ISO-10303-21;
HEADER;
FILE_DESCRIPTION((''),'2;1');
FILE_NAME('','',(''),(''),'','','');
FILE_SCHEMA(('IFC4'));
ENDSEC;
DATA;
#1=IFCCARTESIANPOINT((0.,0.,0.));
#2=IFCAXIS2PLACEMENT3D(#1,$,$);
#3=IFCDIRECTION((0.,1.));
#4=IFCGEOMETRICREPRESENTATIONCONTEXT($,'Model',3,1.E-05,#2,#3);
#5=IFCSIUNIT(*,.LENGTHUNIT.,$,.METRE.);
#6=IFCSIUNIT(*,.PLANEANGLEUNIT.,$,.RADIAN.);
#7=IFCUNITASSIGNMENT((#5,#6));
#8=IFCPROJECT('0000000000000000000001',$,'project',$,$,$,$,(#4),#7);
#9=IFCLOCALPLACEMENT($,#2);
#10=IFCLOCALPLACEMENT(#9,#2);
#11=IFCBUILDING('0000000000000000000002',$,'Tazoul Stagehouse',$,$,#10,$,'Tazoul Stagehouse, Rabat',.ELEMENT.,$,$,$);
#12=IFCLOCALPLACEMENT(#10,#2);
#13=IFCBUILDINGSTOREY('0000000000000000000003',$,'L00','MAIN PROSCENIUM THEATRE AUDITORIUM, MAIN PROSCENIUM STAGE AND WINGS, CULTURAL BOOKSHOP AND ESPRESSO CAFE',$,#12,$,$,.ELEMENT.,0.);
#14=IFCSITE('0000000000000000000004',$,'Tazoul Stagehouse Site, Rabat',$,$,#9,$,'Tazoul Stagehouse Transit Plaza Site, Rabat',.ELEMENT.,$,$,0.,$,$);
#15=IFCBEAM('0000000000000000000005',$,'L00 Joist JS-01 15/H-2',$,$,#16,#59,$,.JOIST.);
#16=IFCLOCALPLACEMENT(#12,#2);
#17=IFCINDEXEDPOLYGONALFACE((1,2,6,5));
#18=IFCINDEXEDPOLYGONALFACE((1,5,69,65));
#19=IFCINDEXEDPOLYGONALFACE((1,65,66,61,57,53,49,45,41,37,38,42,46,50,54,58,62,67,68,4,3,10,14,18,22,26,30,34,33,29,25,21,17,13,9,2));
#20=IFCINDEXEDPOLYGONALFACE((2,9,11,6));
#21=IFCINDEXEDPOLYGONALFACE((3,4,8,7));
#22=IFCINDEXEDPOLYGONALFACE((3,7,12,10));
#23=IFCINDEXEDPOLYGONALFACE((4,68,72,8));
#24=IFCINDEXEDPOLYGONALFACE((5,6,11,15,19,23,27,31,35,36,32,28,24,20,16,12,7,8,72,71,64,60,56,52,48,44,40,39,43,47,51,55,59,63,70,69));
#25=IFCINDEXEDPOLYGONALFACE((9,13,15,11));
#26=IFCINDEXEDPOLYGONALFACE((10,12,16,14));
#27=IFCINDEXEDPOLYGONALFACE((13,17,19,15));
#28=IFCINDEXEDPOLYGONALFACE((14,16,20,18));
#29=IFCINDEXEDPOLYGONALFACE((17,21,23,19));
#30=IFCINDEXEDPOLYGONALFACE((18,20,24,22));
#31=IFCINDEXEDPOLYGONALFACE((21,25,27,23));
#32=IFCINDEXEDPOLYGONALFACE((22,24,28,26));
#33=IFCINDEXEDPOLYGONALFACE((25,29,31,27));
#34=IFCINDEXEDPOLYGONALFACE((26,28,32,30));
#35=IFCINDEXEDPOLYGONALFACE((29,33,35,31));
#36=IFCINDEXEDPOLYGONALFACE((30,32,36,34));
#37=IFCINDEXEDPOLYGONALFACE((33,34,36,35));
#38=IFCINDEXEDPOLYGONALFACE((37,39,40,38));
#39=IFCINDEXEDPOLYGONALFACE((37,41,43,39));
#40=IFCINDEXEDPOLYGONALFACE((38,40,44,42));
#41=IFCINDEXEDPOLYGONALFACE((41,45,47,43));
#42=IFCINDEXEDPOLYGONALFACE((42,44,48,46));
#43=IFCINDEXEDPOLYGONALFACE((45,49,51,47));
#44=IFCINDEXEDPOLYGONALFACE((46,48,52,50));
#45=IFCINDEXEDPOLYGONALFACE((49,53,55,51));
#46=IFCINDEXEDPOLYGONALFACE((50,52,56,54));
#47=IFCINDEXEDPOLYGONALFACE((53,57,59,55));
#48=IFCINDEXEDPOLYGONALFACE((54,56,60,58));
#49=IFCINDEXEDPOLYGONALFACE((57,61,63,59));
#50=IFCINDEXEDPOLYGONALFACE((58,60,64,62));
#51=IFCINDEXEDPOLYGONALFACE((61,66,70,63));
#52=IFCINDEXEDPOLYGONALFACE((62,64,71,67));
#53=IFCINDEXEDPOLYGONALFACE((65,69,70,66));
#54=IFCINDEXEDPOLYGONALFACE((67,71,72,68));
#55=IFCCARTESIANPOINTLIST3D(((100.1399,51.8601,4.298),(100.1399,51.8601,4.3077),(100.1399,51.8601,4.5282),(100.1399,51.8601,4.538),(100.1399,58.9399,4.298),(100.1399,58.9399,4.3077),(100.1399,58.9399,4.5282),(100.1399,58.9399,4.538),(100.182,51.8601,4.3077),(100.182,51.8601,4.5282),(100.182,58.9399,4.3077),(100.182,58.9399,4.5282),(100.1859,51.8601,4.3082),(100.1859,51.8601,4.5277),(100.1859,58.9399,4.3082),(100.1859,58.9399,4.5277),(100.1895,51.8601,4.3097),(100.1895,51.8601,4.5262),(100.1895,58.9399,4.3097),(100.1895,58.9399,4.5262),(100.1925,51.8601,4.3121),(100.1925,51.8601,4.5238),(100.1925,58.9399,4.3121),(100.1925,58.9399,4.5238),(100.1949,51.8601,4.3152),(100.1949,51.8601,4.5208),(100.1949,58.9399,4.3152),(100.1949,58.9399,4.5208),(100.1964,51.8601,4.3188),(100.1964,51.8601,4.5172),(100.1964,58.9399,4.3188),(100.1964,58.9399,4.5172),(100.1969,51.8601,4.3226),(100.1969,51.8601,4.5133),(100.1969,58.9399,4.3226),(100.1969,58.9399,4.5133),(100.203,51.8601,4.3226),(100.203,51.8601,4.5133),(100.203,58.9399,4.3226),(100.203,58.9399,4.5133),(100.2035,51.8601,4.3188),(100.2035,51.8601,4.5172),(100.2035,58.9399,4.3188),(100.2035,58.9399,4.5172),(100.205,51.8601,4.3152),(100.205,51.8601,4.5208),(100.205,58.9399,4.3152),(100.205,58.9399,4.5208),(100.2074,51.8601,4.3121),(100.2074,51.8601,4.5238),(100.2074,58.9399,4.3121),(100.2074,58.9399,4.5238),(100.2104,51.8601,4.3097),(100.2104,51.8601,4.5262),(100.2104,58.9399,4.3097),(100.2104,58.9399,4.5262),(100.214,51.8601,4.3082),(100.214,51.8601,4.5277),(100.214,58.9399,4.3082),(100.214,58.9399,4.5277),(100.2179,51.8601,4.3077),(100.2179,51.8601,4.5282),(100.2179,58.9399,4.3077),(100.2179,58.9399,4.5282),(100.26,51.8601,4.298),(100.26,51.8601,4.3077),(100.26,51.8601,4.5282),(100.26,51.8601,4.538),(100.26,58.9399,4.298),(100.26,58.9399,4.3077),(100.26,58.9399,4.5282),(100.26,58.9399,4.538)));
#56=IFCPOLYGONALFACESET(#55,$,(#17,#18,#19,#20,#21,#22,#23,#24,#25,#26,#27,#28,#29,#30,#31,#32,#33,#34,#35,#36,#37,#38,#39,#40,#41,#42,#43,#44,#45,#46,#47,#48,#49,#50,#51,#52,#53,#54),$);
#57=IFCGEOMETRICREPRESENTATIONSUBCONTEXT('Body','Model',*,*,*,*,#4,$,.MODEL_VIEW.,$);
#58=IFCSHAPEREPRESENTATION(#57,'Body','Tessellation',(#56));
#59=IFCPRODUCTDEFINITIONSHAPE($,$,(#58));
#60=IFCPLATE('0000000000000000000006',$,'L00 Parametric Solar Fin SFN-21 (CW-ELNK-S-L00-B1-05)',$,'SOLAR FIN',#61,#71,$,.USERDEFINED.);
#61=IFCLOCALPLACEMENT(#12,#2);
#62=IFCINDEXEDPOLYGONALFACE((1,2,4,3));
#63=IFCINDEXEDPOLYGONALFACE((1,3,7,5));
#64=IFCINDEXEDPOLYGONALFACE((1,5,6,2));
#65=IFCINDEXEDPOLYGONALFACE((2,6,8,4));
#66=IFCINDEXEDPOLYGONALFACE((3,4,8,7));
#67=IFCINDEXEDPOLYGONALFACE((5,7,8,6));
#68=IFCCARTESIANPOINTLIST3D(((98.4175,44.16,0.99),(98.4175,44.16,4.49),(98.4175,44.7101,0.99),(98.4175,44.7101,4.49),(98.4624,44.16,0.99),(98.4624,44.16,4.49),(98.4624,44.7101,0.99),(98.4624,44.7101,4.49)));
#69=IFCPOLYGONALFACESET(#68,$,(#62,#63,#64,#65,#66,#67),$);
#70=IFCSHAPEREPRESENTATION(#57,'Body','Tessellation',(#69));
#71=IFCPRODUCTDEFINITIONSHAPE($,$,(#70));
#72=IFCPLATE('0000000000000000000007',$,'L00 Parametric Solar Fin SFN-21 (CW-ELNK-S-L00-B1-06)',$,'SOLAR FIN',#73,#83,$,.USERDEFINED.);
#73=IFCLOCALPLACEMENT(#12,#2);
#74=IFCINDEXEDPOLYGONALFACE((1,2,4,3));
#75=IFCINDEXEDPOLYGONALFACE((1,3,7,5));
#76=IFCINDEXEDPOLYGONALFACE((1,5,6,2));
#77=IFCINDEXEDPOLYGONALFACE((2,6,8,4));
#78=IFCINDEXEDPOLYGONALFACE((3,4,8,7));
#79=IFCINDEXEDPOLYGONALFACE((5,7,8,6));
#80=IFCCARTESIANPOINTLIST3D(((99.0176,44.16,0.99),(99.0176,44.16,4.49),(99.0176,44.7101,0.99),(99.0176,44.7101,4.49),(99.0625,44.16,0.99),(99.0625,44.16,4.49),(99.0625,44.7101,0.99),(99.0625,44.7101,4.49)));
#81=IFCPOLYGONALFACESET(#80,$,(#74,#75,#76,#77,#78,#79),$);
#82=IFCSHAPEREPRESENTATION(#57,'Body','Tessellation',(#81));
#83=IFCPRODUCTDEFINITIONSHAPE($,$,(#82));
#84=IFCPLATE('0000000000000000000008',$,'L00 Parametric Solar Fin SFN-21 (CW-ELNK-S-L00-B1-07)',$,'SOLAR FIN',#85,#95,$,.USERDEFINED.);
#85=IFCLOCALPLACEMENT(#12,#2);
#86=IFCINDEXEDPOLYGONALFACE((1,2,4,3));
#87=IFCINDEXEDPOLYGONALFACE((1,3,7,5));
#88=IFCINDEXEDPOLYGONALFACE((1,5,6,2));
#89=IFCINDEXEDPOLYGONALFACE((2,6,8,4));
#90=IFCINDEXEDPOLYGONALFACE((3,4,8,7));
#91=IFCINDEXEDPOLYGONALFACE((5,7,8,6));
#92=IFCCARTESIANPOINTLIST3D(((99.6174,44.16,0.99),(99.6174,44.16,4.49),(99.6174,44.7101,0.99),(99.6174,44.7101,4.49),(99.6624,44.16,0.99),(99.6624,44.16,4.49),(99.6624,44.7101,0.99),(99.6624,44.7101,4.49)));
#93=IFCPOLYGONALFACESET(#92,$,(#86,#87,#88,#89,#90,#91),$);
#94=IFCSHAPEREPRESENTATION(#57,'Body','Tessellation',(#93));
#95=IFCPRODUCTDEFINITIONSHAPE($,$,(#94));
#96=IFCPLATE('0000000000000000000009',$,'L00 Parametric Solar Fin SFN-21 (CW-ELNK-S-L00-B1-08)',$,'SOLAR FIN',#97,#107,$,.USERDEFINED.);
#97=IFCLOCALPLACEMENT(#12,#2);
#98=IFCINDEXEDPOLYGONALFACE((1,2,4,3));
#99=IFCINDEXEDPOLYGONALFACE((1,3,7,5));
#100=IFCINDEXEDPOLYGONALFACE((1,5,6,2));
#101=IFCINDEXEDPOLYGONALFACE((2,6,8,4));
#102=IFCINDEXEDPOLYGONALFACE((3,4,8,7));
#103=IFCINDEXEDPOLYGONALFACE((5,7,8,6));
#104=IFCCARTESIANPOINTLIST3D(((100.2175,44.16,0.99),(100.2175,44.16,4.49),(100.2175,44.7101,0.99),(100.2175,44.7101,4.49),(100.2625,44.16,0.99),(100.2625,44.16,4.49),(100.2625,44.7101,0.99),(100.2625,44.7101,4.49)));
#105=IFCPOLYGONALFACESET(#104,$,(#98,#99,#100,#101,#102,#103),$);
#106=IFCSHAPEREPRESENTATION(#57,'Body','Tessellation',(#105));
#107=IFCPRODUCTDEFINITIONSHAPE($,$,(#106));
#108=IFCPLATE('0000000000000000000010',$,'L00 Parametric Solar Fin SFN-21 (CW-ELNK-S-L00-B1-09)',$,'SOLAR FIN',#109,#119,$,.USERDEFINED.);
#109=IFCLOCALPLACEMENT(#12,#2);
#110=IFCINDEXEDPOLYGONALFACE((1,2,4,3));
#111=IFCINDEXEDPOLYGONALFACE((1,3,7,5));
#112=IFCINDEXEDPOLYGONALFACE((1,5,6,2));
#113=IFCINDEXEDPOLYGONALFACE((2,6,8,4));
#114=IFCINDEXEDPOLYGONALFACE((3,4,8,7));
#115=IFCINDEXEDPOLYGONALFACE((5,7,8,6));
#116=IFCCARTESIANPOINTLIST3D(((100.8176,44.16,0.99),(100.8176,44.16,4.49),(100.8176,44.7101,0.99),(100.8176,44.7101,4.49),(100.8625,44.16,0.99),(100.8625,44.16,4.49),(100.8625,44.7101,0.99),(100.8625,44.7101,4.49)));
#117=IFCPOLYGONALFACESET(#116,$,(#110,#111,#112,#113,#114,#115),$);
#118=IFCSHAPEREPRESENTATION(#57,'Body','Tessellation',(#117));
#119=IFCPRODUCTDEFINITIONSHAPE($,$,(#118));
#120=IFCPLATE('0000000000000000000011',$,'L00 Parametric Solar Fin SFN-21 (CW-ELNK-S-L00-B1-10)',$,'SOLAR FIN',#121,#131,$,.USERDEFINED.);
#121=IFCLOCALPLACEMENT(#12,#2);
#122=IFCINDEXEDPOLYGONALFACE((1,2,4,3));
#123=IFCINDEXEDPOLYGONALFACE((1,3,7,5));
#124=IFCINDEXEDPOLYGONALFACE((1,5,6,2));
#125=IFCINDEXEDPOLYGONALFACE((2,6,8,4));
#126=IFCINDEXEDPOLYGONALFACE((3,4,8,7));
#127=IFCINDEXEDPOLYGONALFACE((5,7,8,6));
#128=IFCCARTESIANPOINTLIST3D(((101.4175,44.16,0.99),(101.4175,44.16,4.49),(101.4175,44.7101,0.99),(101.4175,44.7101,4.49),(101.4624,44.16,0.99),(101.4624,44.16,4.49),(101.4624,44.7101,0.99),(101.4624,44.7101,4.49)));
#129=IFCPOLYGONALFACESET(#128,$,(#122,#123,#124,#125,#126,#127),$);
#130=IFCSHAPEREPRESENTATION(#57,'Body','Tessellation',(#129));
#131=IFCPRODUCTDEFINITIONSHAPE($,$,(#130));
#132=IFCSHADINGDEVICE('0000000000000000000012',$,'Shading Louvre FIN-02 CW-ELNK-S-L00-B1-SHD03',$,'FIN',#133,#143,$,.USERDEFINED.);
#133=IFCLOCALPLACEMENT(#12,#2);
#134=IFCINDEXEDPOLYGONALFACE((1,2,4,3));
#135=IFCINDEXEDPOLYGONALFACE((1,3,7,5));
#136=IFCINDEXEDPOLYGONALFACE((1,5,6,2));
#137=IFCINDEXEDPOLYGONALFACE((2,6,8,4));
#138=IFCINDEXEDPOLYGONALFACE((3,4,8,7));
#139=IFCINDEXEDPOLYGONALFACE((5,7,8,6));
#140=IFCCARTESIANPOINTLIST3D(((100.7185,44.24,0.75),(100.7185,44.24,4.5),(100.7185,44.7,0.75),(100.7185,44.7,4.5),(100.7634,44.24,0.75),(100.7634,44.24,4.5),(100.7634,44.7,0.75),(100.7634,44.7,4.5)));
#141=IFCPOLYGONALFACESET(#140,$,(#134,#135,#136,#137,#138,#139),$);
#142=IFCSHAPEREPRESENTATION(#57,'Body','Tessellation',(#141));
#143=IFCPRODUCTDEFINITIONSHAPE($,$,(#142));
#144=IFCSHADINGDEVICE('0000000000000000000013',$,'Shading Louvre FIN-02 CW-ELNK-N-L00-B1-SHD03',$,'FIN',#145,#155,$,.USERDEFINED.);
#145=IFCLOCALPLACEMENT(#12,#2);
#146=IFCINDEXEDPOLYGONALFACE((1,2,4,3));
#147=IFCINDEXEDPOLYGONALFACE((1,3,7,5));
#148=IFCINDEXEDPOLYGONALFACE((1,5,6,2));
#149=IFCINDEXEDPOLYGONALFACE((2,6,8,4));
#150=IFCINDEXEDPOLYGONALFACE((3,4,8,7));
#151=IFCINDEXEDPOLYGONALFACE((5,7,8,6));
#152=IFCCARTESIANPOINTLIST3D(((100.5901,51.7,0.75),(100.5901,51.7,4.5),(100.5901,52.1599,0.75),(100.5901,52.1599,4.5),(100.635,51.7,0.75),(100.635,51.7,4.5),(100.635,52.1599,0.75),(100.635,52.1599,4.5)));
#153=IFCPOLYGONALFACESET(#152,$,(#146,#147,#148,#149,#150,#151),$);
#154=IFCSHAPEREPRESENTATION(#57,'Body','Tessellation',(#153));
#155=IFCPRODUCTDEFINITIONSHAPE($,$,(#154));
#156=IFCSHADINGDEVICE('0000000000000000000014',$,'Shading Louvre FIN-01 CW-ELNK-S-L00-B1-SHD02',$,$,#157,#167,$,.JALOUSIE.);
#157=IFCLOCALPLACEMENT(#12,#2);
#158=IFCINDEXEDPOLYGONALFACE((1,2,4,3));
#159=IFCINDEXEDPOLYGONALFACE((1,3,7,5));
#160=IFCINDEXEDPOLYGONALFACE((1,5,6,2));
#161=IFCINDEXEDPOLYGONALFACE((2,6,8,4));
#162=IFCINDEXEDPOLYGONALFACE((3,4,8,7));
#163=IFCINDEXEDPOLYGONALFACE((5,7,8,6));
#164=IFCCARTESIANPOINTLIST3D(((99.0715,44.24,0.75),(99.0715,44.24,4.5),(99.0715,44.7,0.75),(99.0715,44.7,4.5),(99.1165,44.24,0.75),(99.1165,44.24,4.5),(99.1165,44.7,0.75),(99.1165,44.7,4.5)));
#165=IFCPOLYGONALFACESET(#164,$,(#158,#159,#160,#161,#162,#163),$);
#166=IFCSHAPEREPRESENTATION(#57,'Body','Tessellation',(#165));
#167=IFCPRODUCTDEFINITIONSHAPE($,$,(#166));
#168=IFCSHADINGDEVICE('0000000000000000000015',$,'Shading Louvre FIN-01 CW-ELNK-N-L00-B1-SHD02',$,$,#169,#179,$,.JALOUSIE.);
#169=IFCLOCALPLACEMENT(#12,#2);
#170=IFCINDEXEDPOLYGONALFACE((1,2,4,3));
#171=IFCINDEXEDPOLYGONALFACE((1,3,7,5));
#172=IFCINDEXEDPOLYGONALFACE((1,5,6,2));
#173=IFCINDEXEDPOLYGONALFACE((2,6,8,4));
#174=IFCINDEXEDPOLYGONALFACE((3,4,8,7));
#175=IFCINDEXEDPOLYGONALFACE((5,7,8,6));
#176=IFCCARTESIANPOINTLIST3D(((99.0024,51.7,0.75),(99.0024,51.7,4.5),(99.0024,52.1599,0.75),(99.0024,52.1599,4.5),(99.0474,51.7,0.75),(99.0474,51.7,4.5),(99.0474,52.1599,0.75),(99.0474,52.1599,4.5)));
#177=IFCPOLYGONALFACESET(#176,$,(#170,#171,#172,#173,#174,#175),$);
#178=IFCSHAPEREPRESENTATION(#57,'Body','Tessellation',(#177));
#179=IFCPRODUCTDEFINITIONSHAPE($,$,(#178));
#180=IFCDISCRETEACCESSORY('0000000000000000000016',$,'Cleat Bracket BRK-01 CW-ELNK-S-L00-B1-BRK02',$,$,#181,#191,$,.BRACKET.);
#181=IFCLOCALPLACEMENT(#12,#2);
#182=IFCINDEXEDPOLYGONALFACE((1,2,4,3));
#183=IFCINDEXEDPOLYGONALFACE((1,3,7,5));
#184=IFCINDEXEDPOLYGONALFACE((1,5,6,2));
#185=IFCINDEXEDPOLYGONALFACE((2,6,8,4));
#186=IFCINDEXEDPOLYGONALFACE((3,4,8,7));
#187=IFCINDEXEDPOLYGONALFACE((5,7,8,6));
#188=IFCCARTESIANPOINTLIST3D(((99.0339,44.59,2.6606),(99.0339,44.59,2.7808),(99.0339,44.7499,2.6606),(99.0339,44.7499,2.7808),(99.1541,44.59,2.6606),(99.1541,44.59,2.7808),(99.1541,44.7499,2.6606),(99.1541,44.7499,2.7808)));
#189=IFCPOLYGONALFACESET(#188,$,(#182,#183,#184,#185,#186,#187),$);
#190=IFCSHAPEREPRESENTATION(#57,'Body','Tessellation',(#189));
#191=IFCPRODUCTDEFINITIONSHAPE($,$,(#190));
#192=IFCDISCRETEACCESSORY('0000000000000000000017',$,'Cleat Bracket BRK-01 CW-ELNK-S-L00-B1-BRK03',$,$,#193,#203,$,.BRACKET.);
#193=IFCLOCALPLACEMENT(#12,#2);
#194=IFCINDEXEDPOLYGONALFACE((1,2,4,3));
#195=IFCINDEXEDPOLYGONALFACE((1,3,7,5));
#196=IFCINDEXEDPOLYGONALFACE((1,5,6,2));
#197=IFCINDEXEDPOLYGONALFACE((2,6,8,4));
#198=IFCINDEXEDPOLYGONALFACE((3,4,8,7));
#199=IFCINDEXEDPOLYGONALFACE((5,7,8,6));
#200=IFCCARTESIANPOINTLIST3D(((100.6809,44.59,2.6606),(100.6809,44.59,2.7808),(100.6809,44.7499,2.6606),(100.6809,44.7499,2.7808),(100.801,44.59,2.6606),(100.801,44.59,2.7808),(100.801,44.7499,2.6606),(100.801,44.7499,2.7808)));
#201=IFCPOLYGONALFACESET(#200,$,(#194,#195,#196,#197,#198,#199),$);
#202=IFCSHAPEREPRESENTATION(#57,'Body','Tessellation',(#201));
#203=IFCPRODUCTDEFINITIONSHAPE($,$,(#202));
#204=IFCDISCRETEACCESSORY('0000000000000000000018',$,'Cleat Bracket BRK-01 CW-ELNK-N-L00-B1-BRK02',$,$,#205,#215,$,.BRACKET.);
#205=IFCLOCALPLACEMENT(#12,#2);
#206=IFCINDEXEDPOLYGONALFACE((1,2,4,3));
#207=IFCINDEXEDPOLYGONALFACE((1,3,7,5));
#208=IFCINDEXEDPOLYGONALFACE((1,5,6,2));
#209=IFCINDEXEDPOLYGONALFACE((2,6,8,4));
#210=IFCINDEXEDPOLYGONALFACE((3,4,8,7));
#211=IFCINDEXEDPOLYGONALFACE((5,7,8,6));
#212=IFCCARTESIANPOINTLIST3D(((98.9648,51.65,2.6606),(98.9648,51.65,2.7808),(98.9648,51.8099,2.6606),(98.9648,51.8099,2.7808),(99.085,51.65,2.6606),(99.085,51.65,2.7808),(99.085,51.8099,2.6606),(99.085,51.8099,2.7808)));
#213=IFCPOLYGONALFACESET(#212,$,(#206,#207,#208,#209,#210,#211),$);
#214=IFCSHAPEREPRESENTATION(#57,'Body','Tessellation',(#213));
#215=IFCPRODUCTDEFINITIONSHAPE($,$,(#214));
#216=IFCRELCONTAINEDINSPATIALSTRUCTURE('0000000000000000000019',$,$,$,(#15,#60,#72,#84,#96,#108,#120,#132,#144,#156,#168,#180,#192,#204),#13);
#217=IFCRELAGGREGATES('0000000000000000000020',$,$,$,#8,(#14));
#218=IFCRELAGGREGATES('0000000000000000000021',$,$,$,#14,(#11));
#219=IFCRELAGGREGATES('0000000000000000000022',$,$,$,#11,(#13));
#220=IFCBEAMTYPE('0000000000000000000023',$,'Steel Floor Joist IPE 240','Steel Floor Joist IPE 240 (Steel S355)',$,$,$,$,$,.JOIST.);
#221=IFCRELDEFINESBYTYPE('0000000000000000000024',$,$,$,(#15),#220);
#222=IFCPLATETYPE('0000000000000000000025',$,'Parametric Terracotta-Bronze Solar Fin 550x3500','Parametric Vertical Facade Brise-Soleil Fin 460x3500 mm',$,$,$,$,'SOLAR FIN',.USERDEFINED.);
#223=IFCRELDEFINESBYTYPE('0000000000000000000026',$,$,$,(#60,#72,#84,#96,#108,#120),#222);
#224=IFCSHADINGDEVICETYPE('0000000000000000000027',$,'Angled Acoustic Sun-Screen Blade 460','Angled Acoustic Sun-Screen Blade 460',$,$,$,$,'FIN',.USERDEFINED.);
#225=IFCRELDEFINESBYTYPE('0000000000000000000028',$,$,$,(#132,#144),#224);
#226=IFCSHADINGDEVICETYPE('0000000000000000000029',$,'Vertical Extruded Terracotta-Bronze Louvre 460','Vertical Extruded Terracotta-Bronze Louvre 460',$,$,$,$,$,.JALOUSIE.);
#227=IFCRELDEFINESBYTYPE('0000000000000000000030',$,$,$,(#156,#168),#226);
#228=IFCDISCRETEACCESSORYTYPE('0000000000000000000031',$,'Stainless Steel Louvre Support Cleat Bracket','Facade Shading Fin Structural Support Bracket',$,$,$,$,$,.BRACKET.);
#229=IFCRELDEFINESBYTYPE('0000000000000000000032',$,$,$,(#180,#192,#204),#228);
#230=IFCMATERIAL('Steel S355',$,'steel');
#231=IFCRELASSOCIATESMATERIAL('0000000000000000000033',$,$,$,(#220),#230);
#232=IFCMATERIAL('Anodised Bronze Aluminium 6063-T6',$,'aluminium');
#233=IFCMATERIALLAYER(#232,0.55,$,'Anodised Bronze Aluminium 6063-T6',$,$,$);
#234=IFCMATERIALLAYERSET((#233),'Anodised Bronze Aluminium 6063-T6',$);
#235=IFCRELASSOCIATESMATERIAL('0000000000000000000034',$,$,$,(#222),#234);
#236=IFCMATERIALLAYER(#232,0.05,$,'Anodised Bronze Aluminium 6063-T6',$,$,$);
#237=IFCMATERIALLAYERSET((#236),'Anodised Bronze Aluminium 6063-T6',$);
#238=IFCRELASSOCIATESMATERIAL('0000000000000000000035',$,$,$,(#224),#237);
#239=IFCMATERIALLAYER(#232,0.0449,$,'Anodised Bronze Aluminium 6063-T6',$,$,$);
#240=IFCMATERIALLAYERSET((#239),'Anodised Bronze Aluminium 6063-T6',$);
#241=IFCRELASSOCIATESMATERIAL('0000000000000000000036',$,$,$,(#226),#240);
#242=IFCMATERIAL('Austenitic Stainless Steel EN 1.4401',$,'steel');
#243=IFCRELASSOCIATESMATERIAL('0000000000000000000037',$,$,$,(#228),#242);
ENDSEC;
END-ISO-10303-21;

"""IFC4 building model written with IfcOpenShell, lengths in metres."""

from ifc_helpers import new_model, si_unit, direction, frame, origin, origin_2d, place, context, subcontext, project, spatial, rectangle, i_section, extrude, material, layer, layer_set, material_profile, profile_set, type_object, element, save


model = new_model("IFC4")

# Units and contexts
model_context = context("Model", 3, precision=1e-05, world=origin(), true_north=direction((0.0, 1.0)))
body_context = subcontext(model_context, "Body", "Model", "MODEL_VIEW")
ifc_project = project(units=[si_unit("LENGTHUNIT", "METRE"), si_unit("PLANEANGLEUNIT", "RADIAN")], contexts=[model_context])

# Site, building, storey
site_placement = place(None, origin())
site = spatial("IfcSite", under=ifc_project, at=site_placement, Name="Tazoul Stagehouse Site, Rabat", LongName="Tazoul Stagehouse Transit Plaza Site, Rabat", CompositionType="ELEMENT", RefElevation=0.0)
building_placement = place(site_placement, origin())
building = spatial("IfcBuilding", under=site, at=building_placement, Name="Tazoul Stagehouse", LongName="Tazoul Stagehouse, Rabat", CompositionType="ELEMENT")
storey_placement = place(building_placement, origin())
storey = spatial("IfcBuildingStorey", under=building, at=storey_placement, Name="L00", Description="MAIN PROSCENIUM THEATRE AUDITORIUM, MAIN PROSCENIUM STAGE AND WINGS, CULTURAL BOOKSHOP AND ESPRESSO CAFE", CompositionType="ELEMENT", Elevation=0.0)

# Beam
ifc_material_1 = material(Name="Steel S355", Category="steel")
ifc_material_profile = material_profile(ifc_material_1, i_section(OverallWidth=0.1201, OverallDepth=0.24, WebThickness=0.0061, FlangeThickness=0.0098, FilletRadius=0.0149, at=origin_2d()), Name="IPE 240")
ifc_profile_set = profile_set([ifc_material_profile], Name="Steel S355")
beam_type = type_object("IfcBeamType", Name="Steel Floor Joist IPE 240", Description="Steel Floor Joist IPE 240 (Steel S355)", PredefinedType="JOIST", material=ifc_profile_set)
beam_placement = place(storey_placement, frame((100.2, 51.8601, 4.418), z_axis=(0.0, 1.0, 0.0), x_axis=(-1.0, 0.0, 0.0)))
element("IfcBeam", 1, at=beam_placement, inside=storey, type_object=beam_type, Name="L00 Joist JS-01 15/H-2", PredefinedType="JOIST", context=body_context, shape_type="SweptSolid", body=[
    extrude(i_section(OverallWidth=0.1201, OverallDepth=0.24, WebThickness=0.0061, FlangeThickness=0.0098, FilletRadius=0.0149, at=origin_2d()), origin(), (0.0, 0.0, 1.0), 7.0798),
])

# Plates
ifc_material_2 = material(Name="Anodised Bronze Aluminium 6063-T6", Category="aluminium")
ifc_layer_1 = layer(ifc_material_2, 0.55, Name="Anodised Bronze Aluminium 6063-T6")
ifc_layer_set_1 = layer_set([ifc_layer_1], Name="Anodised Bronze Aluminium 6063-T6")
plate_type = type_object("IfcPlateType", Name="Parametric Terracotta-Bronze Solar Fin 550x3500", Description="Parametric Vertical Facade Brise-Soleil Fin 460x3500 mm", ElementType="SOLAR FIN", PredefinedType="USERDEFINED", material=ifc_layer_set_1)
for number, where, z_axis, x_axis, name in (
    (2, (98.4399, 44.4351, 0.99), (0.0, 0.0, 1.0), (1.0, 0.0, 0.0), "L00 Parametric Solar Fin SFN-21 (CW-ELNK-S-L00-B1-05)"),
    (3, (99.04, 44.4351, 0.99), (0.0, 0.0, 1.0), (1.0, 0.0, 0.0), "L00 Parametric Solar Fin SFN-21 (CW-ELNK-S-L00-B1-06)"),
    (4, (99.6399, 44.4351, 0.99), (0.0, 0.0, 1.0), (1.0, 0.0, 0.0), "L00 Parametric Solar Fin SFN-21 (CW-ELNK-S-L00-B1-07)"),
    (5, (100.24, 44.4351, 0.99), (0.0, 0.0, 1.0), (1.0, 0.0, 0.0), "L00 Parametric Solar Fin SFN-21 (CW-ELNK-S-L00-B1-08)"),
    (6, (100.8401, 44.4351, 0.99), (0.0, 0.0, 1.0), (1.0, 0.0, 0.0), "L00 Parametric Solar Fin SFN-21 (CW-ELNK-S-L00-B1-09)"),
    (7, (101.4399, 44.4351, 0.99), (0.0, 0.0, 1.0), (1.0, 0.0, 0.0), "L00 Parametric Solar Fin SFN-21 (CW-ELNK-S-L00-B1-10)"),
):
    element("IfcPlate", number, at=place(storey_placement, frame(where, z_axis=z_axis, x_axis=x_axis)), inside=storey, type_object=plate_type, Name=name, ObjectType="SOLAR FIN", PredefinedType="USERDEFINED", context=body_context, shape_type="SweptSolid", body=[
        extrude(rectangle(XDim=0.0449, YDim=0.55, at=origin_2d()), origin(), (0.0, 0.0, 1.0), 3.5),
    ])

# Shading devices
ifc_layer_2 = layer(ifc_material_2, 0.05, Name="Anodised Bronze Aluminium 6063-T6")
ifc_layer_set_2 = layer_set([ifc_layer_2], Name="Anodised Bronze Aluminium 6063-T6")
shading_device_type_1 = type_object("IfcShadingDeviceType", Name="Angled Acoustic Sun-Screen Blade 460", Description="Angled Acoustic Sun-Screen Blade 460", ElementType="FIN", PredefinedType="USERDEFINED", material=ifc_layer_set_2)
for number, where, z_axis, x_axis, name in (
    (8, (100.741, 44.47, 0.75), (0.0, 0.0, 1.0), (1.0, 0.0, 0.0), "Shading Louvre FIN-02 CW-ELNK-S-L00-B1-SHD03"),
    (9, (100.6125, 51.9299, 0.75), (0.0, 0.0, 1.0), (1.0, 0.0, 0.0), "Shading Louvre FIN-02 CW-ELNK-N-L00-B1-SHD03"),
):
    element("IfcShadingDevice", number, at=place(storey_placement, frame(where, z_axis=z_axis, x_axis=x_axis)), inside=storey, type_object=shading_device_type_1, Name=name, ObjectType="FIN", PredefinedType="USERDEFINED", context=body_context, shape_type="SweptSolid", body=[
        extrude(rectangle(XDim=0.0449, YDim=0.46, at=origin_2d()), origin(), (0.0, 0.0, 1.0), 3.75),
    ])
ifc_layer_3 = layer(ifc_material_2, 0.0449, Name="Anodised Bronze Aluminium 6063-T6")
ifc_layer_set_3 = layer_set([ifc_layer_3], Name="Anodised Bronze Aluminium 6063-T6")
shading_device_type_2 = type_object("IfcShadingDeviceType", Name="Vertical Extruded Terracotta-Bronze Louvre 460", Description="Vertical Extruded Terracotta-Bronze Louvre 460", PredefinedType="JALOUSIE", material=ifc_layer_set_3)
for number, where, z_axis, x_axis, name in (
    (10, (99.094, 44.47, 0.75), (0.0, 0.0, 1.0), (1.0, 0.0, 0.0), "Shading Louvre FIN-01 CW-ELNK-S-L00-B1-SHD02"),
    (11, (99.0249, 51.9299, 0.75), (0.0, 0.0, 1.0), (1.0, 0.0, 0.0), "Shading Louvre FIN-01 CW-ELNK-N-L00-B1-SHD02"),
):
    element("IfcShadingDevice", number, at=place(storey_placement, frame(where, z_axis=z_axis, x_axis=x_axis)), inside=storey, type_object=shading_device_type_2, Name=name, PredefinedType="JALOUSIE", context=body_context, shape_type="SweptSolid", body=[
        extrude(rectangle(XDim=0.0449, YDim=0.46, at=origin_2d()), origin(), (0.0, 0.0, 1.0), 3.75),
    ])

# Discrete accessories
ifc_material_3 = material(Name="Austenitic Stainless Steel EN 1.4401", Category="steel")
discrete_accessory_type = type_object("IfcDiscreteAccessoryType", Name="Stainless Steel Louvre Support Cleat Bracket", Description="Facade Shading Fin Structural Support Bracket", PredefinedType="BRACKET", material=ifc_material_3)
for number, where, z_axis, x_axis, name in (
    (12, (99.094, 44.6699, 2.6606), (0.0, 0.0, 1.0), (1.0, 0.0, 0.0), "Cleat Bracket BRK-01 CW-ELNK-S-L00-B1-BRK02"),
    (13, (100.741, 44.6699, 2.6606), (0.0, 0.0, 1.0), (1.0, 0.0, 0.0), "Cleat Bracket BRK-01 CW-ELNK-S-L00-B1-BRK03"),
    (14, (99.0249, 51.73, 2.6606), (0.0, 0.0, 1.0), (1.0, 0.0, 0.0), "Cleat Bracket BRK-01 CW-ELNK-N-L00-B1-BRK02"),
):
    element("IfcDiscreteAccessory", number, at=place(storey_placement, frame(where, z_axis=z_axis, x_axis=x_axis)), inside=storey, type_object=discrete_accessory_type, Name=name, PredefinedType="BRACKET", context=body_context, shape_type="SweptSolid", body=[
        extrude(rectangle(XDim=0.1201, YDim=0.1599, at=origin_2d()), origin(), (0.0, 0.0, 1.0), 0.1201),
    ])

save(model, "model.ifc")
